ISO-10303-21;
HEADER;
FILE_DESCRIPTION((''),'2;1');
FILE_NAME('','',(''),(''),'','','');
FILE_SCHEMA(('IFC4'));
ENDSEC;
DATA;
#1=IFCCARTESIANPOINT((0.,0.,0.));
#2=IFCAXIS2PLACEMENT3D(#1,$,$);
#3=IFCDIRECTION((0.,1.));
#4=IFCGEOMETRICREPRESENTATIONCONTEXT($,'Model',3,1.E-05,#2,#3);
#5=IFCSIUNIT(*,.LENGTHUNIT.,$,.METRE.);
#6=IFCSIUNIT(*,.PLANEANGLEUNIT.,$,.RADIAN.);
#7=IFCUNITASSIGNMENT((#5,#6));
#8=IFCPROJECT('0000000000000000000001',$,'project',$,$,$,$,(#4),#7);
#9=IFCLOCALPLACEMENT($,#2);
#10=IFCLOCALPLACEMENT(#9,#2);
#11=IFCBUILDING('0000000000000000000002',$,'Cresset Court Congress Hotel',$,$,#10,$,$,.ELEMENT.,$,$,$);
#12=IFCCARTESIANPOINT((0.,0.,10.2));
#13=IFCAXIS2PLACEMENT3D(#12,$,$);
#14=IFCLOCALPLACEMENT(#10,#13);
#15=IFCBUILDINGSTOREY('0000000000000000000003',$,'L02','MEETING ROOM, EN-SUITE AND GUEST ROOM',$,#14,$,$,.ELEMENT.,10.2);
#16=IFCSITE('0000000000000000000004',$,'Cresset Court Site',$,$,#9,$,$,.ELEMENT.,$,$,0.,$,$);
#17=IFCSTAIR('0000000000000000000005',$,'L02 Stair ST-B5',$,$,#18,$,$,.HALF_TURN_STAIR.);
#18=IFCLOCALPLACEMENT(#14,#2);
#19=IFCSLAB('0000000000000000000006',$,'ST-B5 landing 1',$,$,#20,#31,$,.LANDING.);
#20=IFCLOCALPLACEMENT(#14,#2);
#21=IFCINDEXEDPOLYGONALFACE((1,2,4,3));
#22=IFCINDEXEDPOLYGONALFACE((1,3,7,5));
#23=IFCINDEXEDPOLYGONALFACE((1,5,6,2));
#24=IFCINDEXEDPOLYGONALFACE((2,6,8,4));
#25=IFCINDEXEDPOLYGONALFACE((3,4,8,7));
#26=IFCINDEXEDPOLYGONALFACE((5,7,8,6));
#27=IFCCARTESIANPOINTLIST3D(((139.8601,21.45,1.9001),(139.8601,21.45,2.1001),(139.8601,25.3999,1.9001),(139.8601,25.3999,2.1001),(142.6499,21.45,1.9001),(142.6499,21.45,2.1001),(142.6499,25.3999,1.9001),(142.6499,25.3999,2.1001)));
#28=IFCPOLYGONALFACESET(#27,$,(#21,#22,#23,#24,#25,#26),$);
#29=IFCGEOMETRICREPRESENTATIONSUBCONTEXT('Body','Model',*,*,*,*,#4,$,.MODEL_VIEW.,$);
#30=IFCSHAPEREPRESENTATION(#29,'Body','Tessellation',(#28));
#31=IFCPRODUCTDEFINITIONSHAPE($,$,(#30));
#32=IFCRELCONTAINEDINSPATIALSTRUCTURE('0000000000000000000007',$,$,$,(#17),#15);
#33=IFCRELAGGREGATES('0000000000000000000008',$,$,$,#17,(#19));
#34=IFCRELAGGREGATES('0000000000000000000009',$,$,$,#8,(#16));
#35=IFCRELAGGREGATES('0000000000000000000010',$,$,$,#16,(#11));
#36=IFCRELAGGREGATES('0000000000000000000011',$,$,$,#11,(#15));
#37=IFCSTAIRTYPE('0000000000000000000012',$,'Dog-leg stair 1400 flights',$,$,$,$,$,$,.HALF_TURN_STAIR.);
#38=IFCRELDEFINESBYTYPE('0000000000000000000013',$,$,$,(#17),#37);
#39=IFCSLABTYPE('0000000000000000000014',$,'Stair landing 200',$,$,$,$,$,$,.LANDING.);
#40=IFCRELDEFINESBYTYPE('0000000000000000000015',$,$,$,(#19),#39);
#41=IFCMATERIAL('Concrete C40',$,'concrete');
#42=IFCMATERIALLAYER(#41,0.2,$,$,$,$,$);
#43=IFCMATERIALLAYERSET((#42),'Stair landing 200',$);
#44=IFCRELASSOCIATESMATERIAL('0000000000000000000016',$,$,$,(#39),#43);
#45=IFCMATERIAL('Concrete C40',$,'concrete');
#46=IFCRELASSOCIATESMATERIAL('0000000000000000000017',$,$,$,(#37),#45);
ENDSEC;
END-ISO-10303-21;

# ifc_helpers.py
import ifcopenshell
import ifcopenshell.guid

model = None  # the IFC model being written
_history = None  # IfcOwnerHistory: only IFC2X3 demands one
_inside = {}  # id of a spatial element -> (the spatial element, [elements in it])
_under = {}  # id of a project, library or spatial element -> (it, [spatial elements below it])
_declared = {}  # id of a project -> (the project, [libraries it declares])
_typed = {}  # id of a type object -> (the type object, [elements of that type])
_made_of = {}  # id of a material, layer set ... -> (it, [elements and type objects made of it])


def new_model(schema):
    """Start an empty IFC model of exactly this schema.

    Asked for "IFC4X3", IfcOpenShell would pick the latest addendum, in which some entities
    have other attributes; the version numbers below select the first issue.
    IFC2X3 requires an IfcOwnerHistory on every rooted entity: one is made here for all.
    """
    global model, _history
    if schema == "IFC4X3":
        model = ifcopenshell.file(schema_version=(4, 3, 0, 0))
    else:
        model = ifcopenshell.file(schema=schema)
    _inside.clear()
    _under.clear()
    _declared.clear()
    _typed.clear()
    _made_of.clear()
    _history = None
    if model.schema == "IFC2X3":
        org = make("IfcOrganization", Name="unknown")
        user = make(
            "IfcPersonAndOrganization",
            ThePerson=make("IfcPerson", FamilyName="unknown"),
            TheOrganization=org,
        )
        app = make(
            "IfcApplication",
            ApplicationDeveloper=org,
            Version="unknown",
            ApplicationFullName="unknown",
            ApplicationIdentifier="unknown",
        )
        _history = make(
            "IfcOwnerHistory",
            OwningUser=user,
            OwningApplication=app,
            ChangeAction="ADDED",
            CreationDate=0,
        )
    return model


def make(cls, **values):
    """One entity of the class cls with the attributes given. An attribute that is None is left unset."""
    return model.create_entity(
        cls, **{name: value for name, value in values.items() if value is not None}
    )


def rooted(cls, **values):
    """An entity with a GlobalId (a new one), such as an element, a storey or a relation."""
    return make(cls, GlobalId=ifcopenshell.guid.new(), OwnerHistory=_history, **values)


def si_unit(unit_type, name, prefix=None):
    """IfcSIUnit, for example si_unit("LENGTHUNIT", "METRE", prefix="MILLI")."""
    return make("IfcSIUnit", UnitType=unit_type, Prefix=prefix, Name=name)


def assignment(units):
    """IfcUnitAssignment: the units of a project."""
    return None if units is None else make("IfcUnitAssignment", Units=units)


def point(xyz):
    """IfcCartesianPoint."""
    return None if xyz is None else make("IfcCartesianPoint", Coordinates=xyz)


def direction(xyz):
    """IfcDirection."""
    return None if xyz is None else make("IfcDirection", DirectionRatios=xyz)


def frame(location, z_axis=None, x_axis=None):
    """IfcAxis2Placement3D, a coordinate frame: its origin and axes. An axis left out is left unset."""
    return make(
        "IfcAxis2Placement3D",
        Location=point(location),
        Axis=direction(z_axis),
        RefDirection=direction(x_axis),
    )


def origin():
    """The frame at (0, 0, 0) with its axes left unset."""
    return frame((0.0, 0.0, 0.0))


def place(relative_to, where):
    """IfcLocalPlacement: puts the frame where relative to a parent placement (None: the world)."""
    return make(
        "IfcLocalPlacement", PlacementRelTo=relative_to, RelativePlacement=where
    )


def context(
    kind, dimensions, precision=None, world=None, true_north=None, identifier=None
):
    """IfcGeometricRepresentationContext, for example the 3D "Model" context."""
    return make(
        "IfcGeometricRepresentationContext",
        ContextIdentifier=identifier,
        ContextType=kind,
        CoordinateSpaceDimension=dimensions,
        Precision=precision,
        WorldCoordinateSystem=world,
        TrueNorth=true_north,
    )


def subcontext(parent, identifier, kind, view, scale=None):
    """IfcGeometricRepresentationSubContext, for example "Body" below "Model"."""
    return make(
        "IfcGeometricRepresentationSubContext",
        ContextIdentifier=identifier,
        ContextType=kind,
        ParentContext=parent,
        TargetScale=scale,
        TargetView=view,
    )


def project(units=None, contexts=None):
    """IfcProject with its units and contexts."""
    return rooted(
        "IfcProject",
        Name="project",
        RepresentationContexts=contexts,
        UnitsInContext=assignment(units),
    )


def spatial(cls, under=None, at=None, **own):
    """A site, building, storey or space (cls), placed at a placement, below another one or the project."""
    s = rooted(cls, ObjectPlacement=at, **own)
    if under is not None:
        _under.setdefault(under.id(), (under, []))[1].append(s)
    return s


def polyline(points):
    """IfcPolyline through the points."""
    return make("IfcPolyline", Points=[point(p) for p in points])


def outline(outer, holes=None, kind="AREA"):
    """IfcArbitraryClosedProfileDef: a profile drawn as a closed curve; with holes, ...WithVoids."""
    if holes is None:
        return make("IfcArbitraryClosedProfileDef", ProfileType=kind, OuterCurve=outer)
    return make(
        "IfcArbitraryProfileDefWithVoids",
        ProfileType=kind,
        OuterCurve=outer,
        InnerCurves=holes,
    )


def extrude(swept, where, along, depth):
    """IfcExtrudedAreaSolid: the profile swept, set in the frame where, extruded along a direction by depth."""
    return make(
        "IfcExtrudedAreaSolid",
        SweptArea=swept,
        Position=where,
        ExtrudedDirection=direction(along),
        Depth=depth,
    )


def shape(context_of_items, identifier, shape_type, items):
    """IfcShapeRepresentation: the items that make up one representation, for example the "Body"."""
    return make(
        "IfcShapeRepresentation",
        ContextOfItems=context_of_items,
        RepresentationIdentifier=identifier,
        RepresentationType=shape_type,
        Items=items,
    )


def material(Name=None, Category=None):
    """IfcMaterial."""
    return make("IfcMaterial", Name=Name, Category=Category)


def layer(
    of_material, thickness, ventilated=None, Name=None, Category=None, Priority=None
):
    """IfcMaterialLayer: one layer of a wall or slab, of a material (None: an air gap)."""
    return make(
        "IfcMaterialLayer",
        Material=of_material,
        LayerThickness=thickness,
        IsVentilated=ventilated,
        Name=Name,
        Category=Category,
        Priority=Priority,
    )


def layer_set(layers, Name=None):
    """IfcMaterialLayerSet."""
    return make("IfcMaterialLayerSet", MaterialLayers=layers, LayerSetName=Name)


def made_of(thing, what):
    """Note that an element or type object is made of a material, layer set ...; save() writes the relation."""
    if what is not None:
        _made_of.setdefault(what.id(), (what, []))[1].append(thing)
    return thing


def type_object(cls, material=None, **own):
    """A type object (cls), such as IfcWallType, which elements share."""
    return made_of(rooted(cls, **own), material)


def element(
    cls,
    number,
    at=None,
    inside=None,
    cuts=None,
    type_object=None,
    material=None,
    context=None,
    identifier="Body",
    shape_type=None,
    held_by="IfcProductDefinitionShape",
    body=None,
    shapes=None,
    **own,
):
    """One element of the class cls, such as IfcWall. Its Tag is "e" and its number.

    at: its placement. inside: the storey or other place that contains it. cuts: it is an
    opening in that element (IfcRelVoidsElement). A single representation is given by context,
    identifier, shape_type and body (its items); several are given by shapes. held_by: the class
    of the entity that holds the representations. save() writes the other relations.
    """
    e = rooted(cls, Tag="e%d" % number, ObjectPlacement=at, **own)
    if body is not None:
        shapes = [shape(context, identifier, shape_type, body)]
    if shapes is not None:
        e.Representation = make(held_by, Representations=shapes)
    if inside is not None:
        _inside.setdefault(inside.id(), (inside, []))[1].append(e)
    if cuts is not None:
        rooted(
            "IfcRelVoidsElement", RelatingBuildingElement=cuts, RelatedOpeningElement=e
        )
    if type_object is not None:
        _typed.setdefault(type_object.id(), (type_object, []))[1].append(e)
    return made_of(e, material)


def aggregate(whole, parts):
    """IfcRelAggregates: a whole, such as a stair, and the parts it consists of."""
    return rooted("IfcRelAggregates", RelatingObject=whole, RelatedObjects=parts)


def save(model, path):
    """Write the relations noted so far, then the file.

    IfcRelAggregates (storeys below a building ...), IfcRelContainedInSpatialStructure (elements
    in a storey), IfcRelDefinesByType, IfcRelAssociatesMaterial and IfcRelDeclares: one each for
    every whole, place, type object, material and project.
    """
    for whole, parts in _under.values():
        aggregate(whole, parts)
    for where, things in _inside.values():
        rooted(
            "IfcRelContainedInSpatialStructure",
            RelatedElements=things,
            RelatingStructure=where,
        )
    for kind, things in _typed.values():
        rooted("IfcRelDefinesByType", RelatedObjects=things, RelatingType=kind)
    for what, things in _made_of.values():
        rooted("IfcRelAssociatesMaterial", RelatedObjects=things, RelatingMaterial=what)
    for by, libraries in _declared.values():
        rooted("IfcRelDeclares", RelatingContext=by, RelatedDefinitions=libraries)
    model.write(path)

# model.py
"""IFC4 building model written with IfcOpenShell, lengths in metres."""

from ifc_helpers import new_model, si_unit, direction, frame, origin, place, context, subcontext, project, spatial, polyline, outline, extrude, material, layer, layer_set, type_object, element, aggregate, save


model = new_model("IFC4")

# Units and contexts
model_context = context("Model", 3, precision=1e-05, world=origin(), true_north=direction((0.0, 1.0)))
body_context = subcontext(model_context, "Body", "Model", "MODEL_VIEW")
ifc_project = project(units=[si_unit("LENGTHUNIT", "METRE"), si_unit("PLANEANGLEUNIT", "RADIAN")], contexts=[model_context])

# Site, building, storey
site_placement = place(None, origin())
site = spatial("IfcSite", under=ifc_project, at=site_placement, Name="Cresset Court Site", CompositionType="ELEMENT", RefElevation=0.0)
building_placement = place(site_placement, origin())
building = spatial("IfcBuilding", under=site, at=building_placement, Name="Cresset Court Congress Hotel", CompositionType="ELEMENT")
storey_placement = place(building_placement, frame((0.0, 0.0, 10.2)))
storey = spatial("IfcBuildingStorey", under=building, at=storey_placement, Name="L02", Description="MEETING ROOM, EN-SUITE AND GUEST ROOM", CompositionType="ELEMENT", Elevation=10.2)

# Shared definitions
ifc_material_1 = material(Name="Concrete C40", Category="concrete")
ifc_layer_1 = layer(ifc_material_1, 0.2)
ifc_layer_set_1 = layer_set([ifc_layer_1], Name="Stair landing 200")
slab_type_1 = type_object("IfcSlabType", Name="Stair landing 200", PredefinedType="LANDING", material=ifc_layer_set_1)

# Stair, slab
ifc_material_2 = material(Name="Concrete C40", Category="concrete")
stair_type_1 = type_object("IfcStairType", Name="Dog-leg stair 1400 flights", PredefinedType="HALF_TURN_STAIR", material=ifc_material_2)
stair_1_placement = place(storey_placement, origin())
stair_1 = element("IfcStair", 1, at=stair_1_placement, inside=storey, type_object=stair_type_1, Name="L02 Stair ST-B5", PredefinedType="HALF_TURN_STAIR")
slab_1_placement = place(storey_placement, frame((0.0, 0.0, 1.9001)))
slab_1 = element("IfcSlab", 2, at=slab_1_placement, type_object=slab_type_1, Name="ST-B5 landing 1", PredefinedType="LANDING", context=body_context, shape_type="SweptSolid", body=[
    extrude(outline(polyline([(139.8601, 21.45), (142.6499, 21.45), (142.6499, 25.3999), (139.8601, 25.3999), (139.8601, 21.45)])), origin(), (0.0, 0.0, 1.0), 0.2),
])
aggregate(stair_1, [slab_1])

save(model, "model.ifc")
